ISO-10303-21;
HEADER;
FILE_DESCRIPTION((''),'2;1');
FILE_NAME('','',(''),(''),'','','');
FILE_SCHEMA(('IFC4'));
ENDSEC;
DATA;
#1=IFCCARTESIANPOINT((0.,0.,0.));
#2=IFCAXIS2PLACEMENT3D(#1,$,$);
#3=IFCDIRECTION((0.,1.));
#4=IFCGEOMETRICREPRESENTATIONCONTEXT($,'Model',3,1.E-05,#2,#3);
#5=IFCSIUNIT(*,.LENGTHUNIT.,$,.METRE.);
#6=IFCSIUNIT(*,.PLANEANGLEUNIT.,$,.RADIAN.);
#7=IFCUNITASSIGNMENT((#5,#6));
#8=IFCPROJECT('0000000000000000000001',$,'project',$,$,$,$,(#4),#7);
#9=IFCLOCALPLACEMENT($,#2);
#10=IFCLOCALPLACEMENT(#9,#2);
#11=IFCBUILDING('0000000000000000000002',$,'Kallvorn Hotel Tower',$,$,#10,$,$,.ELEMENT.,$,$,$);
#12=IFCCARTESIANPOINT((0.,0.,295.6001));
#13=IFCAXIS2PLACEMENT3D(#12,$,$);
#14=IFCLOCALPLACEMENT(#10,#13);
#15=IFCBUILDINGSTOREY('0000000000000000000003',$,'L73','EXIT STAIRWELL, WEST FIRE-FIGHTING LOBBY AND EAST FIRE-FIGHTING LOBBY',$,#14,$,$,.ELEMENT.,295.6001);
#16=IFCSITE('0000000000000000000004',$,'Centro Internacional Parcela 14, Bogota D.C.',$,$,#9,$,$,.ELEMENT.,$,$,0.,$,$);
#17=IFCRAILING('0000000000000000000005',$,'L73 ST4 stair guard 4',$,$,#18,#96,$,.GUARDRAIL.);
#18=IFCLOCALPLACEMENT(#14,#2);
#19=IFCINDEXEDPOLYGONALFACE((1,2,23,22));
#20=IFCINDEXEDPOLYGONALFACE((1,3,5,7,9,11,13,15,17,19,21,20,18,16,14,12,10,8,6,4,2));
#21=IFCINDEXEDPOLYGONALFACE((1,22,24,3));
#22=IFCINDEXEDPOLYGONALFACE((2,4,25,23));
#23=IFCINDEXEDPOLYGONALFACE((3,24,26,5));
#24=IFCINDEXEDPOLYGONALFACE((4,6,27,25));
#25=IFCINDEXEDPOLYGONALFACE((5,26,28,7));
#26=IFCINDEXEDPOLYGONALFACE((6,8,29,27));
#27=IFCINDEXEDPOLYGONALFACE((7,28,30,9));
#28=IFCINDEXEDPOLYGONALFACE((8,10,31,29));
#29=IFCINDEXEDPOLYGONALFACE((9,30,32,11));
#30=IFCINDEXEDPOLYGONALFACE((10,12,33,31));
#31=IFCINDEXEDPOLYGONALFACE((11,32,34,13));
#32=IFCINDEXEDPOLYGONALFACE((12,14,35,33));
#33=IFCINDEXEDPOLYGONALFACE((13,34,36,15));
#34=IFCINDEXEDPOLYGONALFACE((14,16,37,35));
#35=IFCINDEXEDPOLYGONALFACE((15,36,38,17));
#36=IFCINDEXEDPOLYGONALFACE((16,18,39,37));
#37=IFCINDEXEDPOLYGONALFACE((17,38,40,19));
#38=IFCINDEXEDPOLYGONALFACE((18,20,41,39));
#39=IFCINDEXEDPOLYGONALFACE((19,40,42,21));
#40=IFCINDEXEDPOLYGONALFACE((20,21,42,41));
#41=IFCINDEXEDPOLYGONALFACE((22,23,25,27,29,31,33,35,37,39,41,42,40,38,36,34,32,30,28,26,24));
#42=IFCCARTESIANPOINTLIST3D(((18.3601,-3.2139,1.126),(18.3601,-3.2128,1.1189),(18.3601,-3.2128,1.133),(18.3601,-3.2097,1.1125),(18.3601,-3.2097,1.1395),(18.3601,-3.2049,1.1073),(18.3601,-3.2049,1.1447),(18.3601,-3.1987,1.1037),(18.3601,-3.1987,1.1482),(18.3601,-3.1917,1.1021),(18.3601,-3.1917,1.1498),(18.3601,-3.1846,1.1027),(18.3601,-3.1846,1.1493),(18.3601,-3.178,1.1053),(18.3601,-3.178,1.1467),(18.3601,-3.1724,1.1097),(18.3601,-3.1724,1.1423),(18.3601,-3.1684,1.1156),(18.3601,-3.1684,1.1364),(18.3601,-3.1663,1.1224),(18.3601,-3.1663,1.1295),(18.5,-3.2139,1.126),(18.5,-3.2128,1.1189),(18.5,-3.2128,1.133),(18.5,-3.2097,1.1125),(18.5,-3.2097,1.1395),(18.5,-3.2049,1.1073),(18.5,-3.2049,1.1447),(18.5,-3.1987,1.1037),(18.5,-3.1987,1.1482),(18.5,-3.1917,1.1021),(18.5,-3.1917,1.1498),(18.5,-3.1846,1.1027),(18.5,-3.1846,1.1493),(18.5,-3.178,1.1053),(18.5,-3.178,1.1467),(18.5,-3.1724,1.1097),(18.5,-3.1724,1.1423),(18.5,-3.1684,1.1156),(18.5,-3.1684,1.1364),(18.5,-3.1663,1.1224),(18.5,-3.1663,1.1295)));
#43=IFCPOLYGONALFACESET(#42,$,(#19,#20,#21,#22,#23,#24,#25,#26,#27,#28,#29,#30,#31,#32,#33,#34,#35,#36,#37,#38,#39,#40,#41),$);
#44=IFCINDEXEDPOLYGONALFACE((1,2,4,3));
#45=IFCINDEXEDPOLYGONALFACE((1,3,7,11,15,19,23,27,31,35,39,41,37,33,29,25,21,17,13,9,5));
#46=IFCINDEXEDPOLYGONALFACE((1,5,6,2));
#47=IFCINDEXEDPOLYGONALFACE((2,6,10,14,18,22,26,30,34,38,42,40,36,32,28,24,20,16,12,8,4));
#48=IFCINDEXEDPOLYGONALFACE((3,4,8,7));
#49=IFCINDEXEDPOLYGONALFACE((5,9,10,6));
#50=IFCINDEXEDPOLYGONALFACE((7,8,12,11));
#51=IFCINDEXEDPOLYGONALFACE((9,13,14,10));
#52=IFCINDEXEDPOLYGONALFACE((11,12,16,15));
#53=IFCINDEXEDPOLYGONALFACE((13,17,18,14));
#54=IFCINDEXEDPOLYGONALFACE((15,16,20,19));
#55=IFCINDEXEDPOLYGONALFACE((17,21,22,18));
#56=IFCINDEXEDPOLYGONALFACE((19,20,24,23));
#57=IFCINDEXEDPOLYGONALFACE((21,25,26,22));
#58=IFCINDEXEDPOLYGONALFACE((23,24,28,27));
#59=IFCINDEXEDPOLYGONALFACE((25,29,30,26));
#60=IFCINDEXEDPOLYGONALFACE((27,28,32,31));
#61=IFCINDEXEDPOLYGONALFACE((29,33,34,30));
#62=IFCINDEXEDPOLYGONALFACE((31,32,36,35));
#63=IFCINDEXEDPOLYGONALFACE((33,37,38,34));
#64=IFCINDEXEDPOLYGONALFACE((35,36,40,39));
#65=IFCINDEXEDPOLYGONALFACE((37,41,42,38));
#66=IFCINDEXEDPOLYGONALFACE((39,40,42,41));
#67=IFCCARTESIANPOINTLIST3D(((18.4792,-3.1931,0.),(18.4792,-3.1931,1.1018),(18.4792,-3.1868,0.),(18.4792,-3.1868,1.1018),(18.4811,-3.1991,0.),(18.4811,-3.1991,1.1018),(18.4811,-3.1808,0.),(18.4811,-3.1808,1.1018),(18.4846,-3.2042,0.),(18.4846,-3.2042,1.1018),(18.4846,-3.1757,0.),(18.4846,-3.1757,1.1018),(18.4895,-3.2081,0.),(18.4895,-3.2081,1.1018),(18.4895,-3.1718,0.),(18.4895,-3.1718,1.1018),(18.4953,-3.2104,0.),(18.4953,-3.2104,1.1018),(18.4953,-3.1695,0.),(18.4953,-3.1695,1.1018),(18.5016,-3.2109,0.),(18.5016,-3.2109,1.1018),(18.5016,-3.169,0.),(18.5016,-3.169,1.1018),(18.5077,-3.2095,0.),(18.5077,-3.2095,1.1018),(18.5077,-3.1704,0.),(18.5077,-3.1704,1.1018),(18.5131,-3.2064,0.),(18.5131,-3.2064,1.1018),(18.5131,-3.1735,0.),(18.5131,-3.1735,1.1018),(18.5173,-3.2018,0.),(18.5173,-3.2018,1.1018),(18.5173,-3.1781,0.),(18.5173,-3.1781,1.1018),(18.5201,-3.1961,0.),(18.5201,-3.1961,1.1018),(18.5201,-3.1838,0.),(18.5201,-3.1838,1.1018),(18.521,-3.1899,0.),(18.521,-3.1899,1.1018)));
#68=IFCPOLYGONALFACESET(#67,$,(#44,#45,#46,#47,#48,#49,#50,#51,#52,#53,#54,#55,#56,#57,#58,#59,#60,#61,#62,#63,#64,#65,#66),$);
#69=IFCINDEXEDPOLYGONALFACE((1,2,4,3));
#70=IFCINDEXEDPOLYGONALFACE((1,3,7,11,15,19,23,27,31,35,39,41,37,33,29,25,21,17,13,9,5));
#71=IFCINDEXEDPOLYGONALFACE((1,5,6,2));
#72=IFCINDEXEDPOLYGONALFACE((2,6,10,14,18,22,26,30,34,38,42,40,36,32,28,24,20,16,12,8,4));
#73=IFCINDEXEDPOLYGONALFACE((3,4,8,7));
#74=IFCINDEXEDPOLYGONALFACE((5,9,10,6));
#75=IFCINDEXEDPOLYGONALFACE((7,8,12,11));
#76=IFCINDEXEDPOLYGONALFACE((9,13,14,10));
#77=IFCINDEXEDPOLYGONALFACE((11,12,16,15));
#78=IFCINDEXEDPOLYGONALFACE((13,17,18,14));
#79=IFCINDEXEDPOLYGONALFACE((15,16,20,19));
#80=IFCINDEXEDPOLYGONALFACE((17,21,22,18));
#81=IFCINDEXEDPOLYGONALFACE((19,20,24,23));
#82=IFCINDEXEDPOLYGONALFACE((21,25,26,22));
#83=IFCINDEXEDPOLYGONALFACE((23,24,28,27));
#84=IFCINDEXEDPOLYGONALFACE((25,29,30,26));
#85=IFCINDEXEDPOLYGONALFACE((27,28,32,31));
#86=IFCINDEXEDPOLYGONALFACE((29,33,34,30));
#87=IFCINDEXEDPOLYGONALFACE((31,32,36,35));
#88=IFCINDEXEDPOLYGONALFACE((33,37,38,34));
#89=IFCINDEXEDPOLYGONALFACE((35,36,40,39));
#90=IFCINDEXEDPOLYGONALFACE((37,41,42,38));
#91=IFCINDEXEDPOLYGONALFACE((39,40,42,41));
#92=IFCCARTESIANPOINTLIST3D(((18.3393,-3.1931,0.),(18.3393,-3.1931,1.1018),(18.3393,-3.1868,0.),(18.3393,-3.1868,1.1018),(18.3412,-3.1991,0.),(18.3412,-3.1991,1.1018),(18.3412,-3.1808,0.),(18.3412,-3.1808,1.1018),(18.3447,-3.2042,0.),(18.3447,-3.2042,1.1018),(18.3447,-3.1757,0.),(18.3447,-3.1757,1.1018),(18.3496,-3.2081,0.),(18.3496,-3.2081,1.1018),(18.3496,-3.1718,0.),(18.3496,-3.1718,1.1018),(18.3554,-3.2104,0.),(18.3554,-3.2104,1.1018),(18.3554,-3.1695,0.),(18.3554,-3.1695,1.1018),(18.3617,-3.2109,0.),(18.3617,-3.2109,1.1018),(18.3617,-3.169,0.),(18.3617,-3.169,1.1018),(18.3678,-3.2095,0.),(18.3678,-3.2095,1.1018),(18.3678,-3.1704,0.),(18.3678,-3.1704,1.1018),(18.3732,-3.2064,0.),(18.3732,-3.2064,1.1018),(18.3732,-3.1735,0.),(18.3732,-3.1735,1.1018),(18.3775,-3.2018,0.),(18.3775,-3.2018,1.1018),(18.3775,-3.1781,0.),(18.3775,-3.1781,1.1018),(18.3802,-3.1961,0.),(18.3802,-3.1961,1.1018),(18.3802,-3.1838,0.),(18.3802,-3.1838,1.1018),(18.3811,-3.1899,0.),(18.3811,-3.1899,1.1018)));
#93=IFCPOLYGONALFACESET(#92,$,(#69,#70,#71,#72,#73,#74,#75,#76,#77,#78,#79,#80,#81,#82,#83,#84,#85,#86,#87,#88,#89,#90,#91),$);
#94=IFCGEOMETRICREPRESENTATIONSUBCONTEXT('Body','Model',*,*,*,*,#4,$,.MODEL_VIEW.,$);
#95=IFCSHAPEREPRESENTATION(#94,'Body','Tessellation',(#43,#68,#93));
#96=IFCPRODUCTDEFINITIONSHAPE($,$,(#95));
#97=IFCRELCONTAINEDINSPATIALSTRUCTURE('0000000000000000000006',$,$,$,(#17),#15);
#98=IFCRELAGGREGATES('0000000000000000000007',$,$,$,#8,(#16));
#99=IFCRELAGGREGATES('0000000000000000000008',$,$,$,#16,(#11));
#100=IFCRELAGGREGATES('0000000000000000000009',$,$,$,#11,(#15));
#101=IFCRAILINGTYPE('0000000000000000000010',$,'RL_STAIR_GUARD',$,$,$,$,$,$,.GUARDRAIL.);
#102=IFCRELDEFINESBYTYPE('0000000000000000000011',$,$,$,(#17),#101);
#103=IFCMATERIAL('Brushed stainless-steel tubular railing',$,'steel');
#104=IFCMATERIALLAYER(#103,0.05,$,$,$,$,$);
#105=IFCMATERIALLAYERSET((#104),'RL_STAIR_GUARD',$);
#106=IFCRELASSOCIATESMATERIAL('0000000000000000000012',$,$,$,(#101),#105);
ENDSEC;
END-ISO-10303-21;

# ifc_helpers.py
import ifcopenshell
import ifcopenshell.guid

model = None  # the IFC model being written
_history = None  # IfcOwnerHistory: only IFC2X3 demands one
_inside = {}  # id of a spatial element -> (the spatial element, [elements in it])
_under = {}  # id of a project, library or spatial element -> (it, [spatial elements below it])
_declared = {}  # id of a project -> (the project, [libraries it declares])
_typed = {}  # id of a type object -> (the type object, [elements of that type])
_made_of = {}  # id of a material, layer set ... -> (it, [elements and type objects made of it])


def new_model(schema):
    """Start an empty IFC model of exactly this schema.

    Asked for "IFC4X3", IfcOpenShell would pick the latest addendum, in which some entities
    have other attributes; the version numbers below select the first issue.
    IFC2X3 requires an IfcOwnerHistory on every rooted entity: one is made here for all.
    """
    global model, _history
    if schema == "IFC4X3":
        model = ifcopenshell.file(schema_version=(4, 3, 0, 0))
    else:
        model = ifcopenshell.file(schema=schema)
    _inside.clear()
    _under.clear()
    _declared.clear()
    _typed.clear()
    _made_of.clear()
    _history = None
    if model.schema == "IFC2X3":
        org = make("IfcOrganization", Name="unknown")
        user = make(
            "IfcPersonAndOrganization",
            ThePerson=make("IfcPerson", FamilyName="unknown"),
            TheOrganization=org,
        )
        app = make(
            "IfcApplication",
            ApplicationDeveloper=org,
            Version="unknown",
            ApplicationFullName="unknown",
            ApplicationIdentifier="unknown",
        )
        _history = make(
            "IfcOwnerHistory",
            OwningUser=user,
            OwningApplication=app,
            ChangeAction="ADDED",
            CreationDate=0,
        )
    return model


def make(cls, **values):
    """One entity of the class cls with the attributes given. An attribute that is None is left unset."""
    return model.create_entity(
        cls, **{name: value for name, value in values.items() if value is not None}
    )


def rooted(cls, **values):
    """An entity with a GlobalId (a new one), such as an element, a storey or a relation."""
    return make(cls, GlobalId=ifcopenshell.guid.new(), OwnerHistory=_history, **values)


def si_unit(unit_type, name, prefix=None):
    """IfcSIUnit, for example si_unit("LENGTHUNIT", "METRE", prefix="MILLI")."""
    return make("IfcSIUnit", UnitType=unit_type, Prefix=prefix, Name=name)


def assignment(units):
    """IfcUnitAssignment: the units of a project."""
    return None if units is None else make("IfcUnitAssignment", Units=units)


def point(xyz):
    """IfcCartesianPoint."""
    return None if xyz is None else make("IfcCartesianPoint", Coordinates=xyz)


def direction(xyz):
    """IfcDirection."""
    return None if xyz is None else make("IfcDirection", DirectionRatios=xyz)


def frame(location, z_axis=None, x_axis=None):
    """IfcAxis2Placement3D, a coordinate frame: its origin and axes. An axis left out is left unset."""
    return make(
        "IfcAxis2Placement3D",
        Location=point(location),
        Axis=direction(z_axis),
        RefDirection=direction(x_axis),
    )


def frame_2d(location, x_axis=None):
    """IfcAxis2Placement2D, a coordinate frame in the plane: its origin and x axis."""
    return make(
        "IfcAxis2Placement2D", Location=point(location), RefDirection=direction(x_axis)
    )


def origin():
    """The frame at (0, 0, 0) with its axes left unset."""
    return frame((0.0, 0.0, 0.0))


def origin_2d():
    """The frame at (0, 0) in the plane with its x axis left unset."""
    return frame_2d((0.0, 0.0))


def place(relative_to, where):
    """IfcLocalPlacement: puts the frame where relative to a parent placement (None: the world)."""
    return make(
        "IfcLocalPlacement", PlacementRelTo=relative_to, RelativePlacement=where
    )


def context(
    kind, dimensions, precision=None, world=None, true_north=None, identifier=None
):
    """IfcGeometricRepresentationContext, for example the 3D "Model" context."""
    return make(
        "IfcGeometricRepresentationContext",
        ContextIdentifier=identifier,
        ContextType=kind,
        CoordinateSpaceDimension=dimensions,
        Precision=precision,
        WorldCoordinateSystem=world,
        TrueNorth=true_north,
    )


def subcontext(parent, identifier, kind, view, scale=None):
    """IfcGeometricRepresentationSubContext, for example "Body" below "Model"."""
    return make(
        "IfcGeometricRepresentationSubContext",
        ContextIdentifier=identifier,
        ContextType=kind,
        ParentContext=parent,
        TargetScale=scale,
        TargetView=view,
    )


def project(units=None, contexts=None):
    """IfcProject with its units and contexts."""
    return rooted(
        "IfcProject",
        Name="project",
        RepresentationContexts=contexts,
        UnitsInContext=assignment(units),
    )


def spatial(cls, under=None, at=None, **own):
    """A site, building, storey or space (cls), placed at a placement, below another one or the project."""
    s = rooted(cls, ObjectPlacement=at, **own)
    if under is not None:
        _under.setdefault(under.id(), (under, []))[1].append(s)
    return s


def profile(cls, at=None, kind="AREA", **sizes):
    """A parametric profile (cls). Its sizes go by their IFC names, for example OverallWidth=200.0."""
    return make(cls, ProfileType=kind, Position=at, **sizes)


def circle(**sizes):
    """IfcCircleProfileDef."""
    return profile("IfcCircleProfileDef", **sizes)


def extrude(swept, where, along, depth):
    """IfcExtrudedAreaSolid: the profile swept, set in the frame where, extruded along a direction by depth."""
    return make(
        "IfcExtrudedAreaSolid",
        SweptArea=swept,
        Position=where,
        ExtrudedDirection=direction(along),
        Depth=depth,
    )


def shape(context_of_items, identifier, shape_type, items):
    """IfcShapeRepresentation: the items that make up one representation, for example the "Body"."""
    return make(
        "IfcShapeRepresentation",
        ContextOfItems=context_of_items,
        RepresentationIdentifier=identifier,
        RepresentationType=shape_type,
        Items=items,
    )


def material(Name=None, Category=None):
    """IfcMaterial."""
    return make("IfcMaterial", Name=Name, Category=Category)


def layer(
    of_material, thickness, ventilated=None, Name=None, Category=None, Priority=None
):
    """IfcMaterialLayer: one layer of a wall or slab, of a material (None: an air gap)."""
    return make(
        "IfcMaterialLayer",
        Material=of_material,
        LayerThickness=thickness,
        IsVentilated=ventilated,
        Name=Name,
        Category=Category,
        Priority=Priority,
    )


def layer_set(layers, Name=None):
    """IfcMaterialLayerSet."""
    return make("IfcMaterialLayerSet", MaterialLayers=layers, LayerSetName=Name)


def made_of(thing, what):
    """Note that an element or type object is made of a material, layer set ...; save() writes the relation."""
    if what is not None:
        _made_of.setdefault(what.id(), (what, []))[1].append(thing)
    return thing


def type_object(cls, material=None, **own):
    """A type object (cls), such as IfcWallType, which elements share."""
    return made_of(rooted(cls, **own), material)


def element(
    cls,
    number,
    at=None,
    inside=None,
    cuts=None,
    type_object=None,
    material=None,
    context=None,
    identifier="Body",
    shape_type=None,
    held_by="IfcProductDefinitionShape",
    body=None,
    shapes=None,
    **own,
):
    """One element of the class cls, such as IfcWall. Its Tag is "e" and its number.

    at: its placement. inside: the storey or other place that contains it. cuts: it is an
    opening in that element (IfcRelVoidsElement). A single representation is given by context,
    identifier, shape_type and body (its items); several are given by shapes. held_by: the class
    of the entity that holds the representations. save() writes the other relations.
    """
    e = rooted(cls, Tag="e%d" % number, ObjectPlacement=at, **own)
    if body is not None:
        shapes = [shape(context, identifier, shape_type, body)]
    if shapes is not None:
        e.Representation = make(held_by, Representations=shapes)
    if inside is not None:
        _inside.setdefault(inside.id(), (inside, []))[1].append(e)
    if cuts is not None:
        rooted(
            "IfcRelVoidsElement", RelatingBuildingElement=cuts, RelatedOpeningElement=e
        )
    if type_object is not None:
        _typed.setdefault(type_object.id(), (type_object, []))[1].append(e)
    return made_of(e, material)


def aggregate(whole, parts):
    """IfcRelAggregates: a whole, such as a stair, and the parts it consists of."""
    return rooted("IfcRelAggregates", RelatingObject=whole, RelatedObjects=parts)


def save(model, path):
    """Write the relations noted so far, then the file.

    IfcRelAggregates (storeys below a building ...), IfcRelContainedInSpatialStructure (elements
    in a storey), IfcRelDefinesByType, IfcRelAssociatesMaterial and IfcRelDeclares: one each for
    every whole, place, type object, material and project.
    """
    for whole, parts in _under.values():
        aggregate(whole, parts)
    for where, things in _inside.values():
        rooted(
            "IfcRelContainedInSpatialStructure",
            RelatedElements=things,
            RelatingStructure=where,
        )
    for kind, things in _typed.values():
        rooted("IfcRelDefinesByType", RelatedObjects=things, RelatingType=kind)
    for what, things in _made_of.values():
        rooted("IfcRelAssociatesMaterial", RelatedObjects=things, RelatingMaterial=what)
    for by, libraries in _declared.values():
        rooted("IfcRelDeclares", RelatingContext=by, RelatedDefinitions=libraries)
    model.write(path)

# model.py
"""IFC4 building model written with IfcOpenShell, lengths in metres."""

from ifc_helpers import new_model, si_unit, direction, frame, origin, origin_2d, place, context, subcontext, project, spatial, circle, extrude, material, layer, layer_set, type_object, element, save


model = new_model("IFC4")

# Units and contexts
model_context = context("Model", 3, precision=1e-05, world=origin(), true_north=direction((0.0, 1.0)))
body_context = subcontext(model_context, "Body", "Model", "MODEL_VIEW")
ifc_project = project(units=[si_unit("LENGTHUNIT", "METRE"), si_unit("PLANEANGLEUNIT", "RADIAN")], contexts=[model_context])

# Site, building, storey
site_placement = place(None, origin())
site = spatial("IfcSite", under=ifc_project, at=site_placement, Name="Centro Internacional Parcela 14, Bogota D.C.", CompositionType="ELEMENT", RefElevation=0.0)
building_placement = place(site_placement, origin())
building = spatial("IfcBuilding", under=site, at=building_placement, Name="Kallvorn Hotel Tower", CompositionType="ELEMENT")
storey_placement = place(building_placement, frame((0.0, 0.0, 295.6001)))
storey = spatial("IfcBuildingStorey", under=building, at=storey_placement, Name="L73", Description="EXIT STAIRWELL, WEST FIRE-FIGHTING LOBBY AND EAST FIRE-FIGHTING LOBBY", CompositionType="ELEMENT", Elevation=295.6001)

# Railing
ifc_material_1 = material(Name="Brushed stainless-steel tubular railing", Category="steel")
ifc_layer_1 = layer(ifc_material_1, 0.05)
ifc_layer_set_1 = layer_set([ifc_layer_1], Name="RL_STAIR_GUARD")
railing_type_1 = type_object("IfcRailingType", Name="RL_STAIR_GUARD", PredefinedType="GUARDRAIL", material=ifc_layer_set_1)
railing_1_placement = place(storey_placement, frame((18.5, -3.1899, 0.0)))
element("IfcRailing", 1, at=railing_1_placement, inside=storey, type_object=railing_type_1, Name="L73 ST4 stair guard 4", PredefinedType="GUARDRAIL", context=body_context, shape_type="SweptSolid", body=[
    extrude(circle(Radius=0.0239, at=origin_2d()), frame((0.0, 0.0, 1.126), z_axis=(-1.0, 0.0, 0.0), x_axis=(0.0, -1.0, 0.0)), (0.0, 0.0, 1.0), 0.1399),
    extrude(circle(Radius=0.021, at=origin_2d()), origin(), (0.0, 0.0, 1.0), 1.1018),
    extrude(circle(Radius=0.021, at=origin_2d()), frame((-0.1399, 0.0, 0.0)), (0.0, 0.0, 1.0), 1.1018),
])

save(model, "model.ifc")
